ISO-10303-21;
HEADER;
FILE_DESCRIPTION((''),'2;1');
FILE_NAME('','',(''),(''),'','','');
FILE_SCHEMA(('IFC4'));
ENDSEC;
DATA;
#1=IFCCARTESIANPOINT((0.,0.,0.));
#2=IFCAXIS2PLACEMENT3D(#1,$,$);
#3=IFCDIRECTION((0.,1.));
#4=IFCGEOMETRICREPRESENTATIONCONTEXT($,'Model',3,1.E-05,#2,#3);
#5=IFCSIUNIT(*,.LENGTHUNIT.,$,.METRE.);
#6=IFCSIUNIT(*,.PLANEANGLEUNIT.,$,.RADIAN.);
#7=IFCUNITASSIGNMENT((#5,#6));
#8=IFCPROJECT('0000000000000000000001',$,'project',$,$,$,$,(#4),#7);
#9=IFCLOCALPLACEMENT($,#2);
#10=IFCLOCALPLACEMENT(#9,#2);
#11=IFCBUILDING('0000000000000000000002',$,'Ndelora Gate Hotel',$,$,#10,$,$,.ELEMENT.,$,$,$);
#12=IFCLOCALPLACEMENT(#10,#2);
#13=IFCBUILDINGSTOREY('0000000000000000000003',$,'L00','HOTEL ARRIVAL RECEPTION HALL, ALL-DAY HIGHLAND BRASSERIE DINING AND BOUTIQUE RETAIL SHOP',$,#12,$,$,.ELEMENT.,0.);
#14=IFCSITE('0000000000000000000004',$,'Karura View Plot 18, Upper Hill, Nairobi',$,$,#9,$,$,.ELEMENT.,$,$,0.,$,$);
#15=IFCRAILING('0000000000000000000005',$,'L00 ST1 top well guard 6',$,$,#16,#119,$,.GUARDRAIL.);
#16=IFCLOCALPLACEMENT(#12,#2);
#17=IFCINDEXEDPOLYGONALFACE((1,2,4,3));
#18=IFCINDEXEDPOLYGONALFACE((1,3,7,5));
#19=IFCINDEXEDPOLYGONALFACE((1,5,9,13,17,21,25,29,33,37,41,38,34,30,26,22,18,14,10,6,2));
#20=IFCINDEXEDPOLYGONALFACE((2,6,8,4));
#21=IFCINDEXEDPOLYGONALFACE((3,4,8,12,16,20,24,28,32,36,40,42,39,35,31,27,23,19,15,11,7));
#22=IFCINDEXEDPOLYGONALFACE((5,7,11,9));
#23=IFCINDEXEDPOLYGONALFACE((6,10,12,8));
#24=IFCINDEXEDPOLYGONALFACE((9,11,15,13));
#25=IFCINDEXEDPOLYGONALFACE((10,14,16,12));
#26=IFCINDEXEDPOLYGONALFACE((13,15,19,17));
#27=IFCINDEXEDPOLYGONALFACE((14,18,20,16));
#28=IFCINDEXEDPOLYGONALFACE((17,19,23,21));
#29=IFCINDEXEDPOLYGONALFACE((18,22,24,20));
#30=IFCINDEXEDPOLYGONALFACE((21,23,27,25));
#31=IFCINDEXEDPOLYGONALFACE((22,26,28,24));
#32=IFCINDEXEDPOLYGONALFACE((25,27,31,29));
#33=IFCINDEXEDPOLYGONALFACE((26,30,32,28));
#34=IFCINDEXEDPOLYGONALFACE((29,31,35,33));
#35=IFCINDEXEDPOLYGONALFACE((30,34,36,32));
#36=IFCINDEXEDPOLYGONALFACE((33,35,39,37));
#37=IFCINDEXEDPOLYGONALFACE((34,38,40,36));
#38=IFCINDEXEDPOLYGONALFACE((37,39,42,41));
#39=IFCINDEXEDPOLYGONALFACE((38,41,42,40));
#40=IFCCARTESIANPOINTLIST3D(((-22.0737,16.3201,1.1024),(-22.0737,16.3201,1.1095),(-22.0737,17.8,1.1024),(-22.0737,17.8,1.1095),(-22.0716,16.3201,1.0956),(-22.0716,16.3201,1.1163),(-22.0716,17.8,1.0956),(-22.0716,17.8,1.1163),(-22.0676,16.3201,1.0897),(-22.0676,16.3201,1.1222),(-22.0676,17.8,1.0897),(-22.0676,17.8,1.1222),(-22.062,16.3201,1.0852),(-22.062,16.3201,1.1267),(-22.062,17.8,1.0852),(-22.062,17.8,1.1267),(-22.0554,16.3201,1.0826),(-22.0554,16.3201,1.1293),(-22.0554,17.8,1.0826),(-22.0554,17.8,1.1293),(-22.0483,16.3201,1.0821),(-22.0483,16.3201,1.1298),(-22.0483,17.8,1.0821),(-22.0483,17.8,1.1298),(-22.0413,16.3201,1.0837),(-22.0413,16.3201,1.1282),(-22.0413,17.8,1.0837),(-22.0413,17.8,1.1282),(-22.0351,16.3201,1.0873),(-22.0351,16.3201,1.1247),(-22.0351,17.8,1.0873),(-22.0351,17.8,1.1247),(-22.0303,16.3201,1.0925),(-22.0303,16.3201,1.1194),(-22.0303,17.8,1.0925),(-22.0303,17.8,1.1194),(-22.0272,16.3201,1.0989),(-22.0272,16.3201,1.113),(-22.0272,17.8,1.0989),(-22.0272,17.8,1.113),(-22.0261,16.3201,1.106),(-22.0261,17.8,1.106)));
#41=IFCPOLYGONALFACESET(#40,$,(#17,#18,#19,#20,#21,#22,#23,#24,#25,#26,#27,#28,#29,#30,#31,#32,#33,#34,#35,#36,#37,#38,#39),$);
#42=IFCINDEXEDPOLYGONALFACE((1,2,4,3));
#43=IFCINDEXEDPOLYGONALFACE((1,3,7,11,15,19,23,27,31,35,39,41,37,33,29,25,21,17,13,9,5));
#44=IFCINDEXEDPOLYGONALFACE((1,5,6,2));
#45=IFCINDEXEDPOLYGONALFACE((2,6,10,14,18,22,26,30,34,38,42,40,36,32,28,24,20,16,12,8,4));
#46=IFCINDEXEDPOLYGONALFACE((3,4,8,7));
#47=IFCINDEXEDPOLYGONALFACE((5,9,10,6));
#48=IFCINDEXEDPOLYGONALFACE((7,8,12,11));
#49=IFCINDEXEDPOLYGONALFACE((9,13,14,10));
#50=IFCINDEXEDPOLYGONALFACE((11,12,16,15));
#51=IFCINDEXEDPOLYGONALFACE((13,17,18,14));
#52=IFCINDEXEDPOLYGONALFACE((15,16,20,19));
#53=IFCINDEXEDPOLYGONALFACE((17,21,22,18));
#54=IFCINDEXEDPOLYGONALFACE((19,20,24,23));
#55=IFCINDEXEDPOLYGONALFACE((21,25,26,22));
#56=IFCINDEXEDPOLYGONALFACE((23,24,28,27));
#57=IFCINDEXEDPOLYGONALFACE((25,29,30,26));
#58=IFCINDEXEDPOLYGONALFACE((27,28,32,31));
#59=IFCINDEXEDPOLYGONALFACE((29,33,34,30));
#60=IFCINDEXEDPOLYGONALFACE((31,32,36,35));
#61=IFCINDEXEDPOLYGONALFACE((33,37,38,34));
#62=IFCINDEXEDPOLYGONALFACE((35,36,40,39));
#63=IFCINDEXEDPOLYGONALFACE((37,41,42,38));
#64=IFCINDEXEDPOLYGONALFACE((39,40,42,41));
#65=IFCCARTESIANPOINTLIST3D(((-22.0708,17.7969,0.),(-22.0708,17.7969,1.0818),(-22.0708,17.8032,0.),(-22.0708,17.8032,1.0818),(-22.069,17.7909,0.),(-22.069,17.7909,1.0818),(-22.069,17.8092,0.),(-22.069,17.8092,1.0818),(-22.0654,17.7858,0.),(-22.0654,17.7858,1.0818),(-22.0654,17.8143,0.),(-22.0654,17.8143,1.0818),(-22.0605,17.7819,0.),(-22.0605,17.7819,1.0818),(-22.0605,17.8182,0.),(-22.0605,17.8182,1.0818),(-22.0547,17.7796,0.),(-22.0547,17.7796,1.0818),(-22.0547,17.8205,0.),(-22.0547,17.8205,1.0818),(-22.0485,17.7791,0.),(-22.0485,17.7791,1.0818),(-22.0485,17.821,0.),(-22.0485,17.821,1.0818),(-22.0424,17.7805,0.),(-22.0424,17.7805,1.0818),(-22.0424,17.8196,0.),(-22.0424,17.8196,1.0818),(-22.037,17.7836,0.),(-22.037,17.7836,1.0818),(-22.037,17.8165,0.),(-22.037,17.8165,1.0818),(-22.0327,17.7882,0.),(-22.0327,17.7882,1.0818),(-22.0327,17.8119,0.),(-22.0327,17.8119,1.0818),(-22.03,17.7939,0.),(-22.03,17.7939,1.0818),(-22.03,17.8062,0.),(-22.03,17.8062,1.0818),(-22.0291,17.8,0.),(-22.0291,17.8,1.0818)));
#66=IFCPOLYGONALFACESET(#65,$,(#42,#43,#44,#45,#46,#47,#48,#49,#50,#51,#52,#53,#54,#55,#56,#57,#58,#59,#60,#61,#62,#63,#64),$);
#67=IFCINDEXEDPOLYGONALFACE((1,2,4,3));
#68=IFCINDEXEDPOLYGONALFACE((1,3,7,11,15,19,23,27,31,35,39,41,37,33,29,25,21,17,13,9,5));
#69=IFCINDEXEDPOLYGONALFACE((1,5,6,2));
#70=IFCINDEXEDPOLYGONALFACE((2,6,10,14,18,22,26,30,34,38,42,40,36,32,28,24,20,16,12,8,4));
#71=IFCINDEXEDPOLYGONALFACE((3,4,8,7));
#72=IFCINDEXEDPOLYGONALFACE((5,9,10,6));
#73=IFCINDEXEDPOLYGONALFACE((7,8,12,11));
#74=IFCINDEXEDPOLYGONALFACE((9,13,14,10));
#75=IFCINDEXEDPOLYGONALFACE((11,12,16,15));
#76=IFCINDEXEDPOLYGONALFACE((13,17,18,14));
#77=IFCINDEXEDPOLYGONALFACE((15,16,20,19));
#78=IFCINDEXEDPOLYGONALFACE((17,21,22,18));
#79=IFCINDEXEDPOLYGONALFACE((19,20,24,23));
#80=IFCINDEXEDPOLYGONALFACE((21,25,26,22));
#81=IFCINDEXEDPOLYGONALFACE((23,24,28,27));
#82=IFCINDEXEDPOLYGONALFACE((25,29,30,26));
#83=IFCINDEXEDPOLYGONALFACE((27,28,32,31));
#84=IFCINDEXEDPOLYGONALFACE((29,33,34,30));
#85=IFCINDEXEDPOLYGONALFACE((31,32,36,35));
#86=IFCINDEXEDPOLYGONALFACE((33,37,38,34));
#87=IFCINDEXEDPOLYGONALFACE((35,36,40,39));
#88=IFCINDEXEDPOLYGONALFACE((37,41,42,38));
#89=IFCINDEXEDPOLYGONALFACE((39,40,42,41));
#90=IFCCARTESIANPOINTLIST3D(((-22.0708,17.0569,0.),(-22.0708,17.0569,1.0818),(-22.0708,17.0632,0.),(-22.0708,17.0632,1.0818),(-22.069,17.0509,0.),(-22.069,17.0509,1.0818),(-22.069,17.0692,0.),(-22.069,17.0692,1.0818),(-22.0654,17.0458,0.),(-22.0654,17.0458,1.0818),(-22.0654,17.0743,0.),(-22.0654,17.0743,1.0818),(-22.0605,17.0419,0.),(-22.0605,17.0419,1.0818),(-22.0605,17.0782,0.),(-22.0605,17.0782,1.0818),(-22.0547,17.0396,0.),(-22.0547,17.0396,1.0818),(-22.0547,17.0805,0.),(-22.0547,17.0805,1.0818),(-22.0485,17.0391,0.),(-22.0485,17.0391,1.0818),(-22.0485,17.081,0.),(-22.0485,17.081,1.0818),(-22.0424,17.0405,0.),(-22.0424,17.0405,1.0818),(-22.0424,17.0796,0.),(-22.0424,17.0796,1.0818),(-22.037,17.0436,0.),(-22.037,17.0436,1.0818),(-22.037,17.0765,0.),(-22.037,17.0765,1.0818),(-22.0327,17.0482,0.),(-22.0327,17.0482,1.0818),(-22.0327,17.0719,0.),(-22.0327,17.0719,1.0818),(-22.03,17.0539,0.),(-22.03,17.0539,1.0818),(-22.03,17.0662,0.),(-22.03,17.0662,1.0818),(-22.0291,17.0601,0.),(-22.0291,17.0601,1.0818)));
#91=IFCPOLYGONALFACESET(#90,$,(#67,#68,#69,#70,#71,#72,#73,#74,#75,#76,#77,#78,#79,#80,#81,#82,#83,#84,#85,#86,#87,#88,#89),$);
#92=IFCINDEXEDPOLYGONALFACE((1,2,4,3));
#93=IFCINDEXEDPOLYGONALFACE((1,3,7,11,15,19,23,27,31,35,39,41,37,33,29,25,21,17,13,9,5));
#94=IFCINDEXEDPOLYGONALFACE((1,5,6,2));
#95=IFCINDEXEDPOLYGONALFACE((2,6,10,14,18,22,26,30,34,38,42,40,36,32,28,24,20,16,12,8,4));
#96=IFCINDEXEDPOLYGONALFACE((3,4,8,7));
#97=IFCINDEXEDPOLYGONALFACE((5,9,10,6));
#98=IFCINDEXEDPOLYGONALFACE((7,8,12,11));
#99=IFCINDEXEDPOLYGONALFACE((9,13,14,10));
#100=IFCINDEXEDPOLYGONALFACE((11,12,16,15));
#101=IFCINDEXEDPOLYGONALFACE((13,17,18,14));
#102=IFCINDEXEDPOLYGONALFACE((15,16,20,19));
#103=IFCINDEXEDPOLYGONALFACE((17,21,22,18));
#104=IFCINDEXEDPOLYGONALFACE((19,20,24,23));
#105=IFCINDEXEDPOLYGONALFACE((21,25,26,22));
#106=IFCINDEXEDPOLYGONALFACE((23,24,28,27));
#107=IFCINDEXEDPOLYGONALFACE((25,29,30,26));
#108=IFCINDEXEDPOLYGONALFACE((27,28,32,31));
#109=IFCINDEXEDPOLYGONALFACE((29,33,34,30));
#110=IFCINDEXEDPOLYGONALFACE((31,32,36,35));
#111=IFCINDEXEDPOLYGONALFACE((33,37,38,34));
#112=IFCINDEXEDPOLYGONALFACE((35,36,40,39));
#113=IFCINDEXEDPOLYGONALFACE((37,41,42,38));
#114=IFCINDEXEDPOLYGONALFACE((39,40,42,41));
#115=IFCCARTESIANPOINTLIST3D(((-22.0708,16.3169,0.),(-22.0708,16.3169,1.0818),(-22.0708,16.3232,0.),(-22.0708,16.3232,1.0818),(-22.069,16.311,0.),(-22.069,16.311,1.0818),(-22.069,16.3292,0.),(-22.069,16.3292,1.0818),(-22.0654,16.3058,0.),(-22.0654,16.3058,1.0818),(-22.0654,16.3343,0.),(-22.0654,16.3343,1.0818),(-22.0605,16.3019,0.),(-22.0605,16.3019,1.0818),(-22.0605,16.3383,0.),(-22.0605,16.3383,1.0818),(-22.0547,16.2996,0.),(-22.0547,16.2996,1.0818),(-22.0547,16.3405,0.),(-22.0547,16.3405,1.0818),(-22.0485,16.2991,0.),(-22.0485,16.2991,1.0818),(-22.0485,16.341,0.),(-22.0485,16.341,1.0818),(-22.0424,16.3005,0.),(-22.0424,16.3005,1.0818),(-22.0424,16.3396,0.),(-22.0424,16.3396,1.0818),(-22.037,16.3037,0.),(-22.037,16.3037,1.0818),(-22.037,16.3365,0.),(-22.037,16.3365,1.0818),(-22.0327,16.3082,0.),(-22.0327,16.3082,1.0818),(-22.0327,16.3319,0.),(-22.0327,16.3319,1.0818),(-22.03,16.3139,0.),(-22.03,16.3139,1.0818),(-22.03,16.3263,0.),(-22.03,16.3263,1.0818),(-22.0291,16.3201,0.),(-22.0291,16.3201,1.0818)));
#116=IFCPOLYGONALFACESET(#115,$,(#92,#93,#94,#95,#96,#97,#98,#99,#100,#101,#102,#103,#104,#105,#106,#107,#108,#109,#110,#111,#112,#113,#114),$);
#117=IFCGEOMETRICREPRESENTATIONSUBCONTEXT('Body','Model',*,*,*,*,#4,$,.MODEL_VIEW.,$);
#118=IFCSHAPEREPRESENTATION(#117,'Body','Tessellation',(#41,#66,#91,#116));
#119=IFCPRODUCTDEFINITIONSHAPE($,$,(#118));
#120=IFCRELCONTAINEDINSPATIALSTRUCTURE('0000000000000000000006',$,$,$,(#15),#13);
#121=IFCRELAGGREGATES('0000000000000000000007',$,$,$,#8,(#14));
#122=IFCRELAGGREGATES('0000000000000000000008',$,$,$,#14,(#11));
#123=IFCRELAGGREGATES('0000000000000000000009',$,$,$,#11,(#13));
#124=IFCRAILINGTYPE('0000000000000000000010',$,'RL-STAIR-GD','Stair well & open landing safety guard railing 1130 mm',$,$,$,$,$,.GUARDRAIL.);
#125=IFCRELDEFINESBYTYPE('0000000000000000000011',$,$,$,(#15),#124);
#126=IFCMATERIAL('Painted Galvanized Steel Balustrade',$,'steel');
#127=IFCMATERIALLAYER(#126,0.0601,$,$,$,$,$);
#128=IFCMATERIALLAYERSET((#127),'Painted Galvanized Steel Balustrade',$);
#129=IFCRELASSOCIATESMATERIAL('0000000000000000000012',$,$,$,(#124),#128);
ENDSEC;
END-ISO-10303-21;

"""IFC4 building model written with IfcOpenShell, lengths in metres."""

from ifc_helpers import new_model, si_unit, direction, frame, origin, origin_2d, place, context, subcontext, project, spatial, circle, extrude, material, layer, layer_set, type_object, element, save


model = new_model("IFC4")

# Units and contexts
model_context = context("Model", 3, precision=1e-05, world=origin(), true_north=direction((0.0, 1.0)))
body_context = subcontext(model_context, "Body", "Model", "MODEL_VIEW")
ifc_project = project(units=[si_unit("LENGTHUNIT", "METRE"), si_unit("PLANEANGLEUNIT", "RADIAN")], contexts=[model_context])

# Site, building, storey
site_placement = place(None, origin())
site = spatial("IfcSite", under=ifc_project, at=site_placement, Name="Karura View Plot 18, Upper Hill, Nairobi", CompositionType="ELEMENT", RefElevation=0.0)
building_placement = place(site_placement, origin())
building = spatial("IfcBuilding", under=site, at=building_placement, Name="Ndelora Gate Hotel", CompositionType="ELEMENT")
storey_placement = place(building_placement, origin())
storey = spatial("IfcBuildingStorey", under=building, at=storey_placement, Name="L00", Description="HOTEL ARRIVAL RECEPTION HALL, ALL-DAY HIGHLAND BRASSERIE DINING AND BOUTIQUE RETAIL SHOP", CompositionType="ELEMENT", Elevation=0.0)

# Railing
ifc_material_1 = material(Name="Painted Galvanized Steel Balustrade", Category="steel")
ifc_layer_1 = layer(ifc_material_1, 0.0601)
ifc_layer_set_1 = layer_set([ifc_layer_1], Name="Painted Galvanized Steel Balustrade")
railing_type = type_object("IfcRailingType", Name="RL-STAIR-GD", Description="Stair well & open landing safety guard railing 1130 mm", PredefinedType="GUARDRAIL", material=ifc_layer_set_1)
for number, where, name in (
    (1, (-22.05, 17.8, 0.0), "L00 ST1 top well guard 6"),
):
    element("IfcRailing", number, at=place(storey_placement, frame(where)), inside=storey, type_object=railing_type, Name=name, PredefinedType="GUARDRAIL", context=body_context, shape_type="SweptSolid", body=[
        extrude(circle(Radius=0.0239, at=origin_2d()), frame((0.0, 0.0, 1.106), z_axis=(0.0, -1.0, 0.0), x_axis=(1.0, 0.0, 0.0)), (0.0, 0.0, 1.0), 1.48),
        extrude(circle(Radius=0.021, at=origin_2d()), origin(), (0.0, 0.0, 1.0), 1.0818),
        extrude(circle(Radius=0.021, at=origin_2d()), frame((0.0, -0.74, 0.0)), (0.0, 0.0, 1.0), 1.0818),
        extrude(circle(Radius=0.021, at=origin_2d()), frame((0.0, -1.48, 0.0)), (0.0, 0.0, 1.0), 1.0818),
    ])

save(model, "model.ifc")
